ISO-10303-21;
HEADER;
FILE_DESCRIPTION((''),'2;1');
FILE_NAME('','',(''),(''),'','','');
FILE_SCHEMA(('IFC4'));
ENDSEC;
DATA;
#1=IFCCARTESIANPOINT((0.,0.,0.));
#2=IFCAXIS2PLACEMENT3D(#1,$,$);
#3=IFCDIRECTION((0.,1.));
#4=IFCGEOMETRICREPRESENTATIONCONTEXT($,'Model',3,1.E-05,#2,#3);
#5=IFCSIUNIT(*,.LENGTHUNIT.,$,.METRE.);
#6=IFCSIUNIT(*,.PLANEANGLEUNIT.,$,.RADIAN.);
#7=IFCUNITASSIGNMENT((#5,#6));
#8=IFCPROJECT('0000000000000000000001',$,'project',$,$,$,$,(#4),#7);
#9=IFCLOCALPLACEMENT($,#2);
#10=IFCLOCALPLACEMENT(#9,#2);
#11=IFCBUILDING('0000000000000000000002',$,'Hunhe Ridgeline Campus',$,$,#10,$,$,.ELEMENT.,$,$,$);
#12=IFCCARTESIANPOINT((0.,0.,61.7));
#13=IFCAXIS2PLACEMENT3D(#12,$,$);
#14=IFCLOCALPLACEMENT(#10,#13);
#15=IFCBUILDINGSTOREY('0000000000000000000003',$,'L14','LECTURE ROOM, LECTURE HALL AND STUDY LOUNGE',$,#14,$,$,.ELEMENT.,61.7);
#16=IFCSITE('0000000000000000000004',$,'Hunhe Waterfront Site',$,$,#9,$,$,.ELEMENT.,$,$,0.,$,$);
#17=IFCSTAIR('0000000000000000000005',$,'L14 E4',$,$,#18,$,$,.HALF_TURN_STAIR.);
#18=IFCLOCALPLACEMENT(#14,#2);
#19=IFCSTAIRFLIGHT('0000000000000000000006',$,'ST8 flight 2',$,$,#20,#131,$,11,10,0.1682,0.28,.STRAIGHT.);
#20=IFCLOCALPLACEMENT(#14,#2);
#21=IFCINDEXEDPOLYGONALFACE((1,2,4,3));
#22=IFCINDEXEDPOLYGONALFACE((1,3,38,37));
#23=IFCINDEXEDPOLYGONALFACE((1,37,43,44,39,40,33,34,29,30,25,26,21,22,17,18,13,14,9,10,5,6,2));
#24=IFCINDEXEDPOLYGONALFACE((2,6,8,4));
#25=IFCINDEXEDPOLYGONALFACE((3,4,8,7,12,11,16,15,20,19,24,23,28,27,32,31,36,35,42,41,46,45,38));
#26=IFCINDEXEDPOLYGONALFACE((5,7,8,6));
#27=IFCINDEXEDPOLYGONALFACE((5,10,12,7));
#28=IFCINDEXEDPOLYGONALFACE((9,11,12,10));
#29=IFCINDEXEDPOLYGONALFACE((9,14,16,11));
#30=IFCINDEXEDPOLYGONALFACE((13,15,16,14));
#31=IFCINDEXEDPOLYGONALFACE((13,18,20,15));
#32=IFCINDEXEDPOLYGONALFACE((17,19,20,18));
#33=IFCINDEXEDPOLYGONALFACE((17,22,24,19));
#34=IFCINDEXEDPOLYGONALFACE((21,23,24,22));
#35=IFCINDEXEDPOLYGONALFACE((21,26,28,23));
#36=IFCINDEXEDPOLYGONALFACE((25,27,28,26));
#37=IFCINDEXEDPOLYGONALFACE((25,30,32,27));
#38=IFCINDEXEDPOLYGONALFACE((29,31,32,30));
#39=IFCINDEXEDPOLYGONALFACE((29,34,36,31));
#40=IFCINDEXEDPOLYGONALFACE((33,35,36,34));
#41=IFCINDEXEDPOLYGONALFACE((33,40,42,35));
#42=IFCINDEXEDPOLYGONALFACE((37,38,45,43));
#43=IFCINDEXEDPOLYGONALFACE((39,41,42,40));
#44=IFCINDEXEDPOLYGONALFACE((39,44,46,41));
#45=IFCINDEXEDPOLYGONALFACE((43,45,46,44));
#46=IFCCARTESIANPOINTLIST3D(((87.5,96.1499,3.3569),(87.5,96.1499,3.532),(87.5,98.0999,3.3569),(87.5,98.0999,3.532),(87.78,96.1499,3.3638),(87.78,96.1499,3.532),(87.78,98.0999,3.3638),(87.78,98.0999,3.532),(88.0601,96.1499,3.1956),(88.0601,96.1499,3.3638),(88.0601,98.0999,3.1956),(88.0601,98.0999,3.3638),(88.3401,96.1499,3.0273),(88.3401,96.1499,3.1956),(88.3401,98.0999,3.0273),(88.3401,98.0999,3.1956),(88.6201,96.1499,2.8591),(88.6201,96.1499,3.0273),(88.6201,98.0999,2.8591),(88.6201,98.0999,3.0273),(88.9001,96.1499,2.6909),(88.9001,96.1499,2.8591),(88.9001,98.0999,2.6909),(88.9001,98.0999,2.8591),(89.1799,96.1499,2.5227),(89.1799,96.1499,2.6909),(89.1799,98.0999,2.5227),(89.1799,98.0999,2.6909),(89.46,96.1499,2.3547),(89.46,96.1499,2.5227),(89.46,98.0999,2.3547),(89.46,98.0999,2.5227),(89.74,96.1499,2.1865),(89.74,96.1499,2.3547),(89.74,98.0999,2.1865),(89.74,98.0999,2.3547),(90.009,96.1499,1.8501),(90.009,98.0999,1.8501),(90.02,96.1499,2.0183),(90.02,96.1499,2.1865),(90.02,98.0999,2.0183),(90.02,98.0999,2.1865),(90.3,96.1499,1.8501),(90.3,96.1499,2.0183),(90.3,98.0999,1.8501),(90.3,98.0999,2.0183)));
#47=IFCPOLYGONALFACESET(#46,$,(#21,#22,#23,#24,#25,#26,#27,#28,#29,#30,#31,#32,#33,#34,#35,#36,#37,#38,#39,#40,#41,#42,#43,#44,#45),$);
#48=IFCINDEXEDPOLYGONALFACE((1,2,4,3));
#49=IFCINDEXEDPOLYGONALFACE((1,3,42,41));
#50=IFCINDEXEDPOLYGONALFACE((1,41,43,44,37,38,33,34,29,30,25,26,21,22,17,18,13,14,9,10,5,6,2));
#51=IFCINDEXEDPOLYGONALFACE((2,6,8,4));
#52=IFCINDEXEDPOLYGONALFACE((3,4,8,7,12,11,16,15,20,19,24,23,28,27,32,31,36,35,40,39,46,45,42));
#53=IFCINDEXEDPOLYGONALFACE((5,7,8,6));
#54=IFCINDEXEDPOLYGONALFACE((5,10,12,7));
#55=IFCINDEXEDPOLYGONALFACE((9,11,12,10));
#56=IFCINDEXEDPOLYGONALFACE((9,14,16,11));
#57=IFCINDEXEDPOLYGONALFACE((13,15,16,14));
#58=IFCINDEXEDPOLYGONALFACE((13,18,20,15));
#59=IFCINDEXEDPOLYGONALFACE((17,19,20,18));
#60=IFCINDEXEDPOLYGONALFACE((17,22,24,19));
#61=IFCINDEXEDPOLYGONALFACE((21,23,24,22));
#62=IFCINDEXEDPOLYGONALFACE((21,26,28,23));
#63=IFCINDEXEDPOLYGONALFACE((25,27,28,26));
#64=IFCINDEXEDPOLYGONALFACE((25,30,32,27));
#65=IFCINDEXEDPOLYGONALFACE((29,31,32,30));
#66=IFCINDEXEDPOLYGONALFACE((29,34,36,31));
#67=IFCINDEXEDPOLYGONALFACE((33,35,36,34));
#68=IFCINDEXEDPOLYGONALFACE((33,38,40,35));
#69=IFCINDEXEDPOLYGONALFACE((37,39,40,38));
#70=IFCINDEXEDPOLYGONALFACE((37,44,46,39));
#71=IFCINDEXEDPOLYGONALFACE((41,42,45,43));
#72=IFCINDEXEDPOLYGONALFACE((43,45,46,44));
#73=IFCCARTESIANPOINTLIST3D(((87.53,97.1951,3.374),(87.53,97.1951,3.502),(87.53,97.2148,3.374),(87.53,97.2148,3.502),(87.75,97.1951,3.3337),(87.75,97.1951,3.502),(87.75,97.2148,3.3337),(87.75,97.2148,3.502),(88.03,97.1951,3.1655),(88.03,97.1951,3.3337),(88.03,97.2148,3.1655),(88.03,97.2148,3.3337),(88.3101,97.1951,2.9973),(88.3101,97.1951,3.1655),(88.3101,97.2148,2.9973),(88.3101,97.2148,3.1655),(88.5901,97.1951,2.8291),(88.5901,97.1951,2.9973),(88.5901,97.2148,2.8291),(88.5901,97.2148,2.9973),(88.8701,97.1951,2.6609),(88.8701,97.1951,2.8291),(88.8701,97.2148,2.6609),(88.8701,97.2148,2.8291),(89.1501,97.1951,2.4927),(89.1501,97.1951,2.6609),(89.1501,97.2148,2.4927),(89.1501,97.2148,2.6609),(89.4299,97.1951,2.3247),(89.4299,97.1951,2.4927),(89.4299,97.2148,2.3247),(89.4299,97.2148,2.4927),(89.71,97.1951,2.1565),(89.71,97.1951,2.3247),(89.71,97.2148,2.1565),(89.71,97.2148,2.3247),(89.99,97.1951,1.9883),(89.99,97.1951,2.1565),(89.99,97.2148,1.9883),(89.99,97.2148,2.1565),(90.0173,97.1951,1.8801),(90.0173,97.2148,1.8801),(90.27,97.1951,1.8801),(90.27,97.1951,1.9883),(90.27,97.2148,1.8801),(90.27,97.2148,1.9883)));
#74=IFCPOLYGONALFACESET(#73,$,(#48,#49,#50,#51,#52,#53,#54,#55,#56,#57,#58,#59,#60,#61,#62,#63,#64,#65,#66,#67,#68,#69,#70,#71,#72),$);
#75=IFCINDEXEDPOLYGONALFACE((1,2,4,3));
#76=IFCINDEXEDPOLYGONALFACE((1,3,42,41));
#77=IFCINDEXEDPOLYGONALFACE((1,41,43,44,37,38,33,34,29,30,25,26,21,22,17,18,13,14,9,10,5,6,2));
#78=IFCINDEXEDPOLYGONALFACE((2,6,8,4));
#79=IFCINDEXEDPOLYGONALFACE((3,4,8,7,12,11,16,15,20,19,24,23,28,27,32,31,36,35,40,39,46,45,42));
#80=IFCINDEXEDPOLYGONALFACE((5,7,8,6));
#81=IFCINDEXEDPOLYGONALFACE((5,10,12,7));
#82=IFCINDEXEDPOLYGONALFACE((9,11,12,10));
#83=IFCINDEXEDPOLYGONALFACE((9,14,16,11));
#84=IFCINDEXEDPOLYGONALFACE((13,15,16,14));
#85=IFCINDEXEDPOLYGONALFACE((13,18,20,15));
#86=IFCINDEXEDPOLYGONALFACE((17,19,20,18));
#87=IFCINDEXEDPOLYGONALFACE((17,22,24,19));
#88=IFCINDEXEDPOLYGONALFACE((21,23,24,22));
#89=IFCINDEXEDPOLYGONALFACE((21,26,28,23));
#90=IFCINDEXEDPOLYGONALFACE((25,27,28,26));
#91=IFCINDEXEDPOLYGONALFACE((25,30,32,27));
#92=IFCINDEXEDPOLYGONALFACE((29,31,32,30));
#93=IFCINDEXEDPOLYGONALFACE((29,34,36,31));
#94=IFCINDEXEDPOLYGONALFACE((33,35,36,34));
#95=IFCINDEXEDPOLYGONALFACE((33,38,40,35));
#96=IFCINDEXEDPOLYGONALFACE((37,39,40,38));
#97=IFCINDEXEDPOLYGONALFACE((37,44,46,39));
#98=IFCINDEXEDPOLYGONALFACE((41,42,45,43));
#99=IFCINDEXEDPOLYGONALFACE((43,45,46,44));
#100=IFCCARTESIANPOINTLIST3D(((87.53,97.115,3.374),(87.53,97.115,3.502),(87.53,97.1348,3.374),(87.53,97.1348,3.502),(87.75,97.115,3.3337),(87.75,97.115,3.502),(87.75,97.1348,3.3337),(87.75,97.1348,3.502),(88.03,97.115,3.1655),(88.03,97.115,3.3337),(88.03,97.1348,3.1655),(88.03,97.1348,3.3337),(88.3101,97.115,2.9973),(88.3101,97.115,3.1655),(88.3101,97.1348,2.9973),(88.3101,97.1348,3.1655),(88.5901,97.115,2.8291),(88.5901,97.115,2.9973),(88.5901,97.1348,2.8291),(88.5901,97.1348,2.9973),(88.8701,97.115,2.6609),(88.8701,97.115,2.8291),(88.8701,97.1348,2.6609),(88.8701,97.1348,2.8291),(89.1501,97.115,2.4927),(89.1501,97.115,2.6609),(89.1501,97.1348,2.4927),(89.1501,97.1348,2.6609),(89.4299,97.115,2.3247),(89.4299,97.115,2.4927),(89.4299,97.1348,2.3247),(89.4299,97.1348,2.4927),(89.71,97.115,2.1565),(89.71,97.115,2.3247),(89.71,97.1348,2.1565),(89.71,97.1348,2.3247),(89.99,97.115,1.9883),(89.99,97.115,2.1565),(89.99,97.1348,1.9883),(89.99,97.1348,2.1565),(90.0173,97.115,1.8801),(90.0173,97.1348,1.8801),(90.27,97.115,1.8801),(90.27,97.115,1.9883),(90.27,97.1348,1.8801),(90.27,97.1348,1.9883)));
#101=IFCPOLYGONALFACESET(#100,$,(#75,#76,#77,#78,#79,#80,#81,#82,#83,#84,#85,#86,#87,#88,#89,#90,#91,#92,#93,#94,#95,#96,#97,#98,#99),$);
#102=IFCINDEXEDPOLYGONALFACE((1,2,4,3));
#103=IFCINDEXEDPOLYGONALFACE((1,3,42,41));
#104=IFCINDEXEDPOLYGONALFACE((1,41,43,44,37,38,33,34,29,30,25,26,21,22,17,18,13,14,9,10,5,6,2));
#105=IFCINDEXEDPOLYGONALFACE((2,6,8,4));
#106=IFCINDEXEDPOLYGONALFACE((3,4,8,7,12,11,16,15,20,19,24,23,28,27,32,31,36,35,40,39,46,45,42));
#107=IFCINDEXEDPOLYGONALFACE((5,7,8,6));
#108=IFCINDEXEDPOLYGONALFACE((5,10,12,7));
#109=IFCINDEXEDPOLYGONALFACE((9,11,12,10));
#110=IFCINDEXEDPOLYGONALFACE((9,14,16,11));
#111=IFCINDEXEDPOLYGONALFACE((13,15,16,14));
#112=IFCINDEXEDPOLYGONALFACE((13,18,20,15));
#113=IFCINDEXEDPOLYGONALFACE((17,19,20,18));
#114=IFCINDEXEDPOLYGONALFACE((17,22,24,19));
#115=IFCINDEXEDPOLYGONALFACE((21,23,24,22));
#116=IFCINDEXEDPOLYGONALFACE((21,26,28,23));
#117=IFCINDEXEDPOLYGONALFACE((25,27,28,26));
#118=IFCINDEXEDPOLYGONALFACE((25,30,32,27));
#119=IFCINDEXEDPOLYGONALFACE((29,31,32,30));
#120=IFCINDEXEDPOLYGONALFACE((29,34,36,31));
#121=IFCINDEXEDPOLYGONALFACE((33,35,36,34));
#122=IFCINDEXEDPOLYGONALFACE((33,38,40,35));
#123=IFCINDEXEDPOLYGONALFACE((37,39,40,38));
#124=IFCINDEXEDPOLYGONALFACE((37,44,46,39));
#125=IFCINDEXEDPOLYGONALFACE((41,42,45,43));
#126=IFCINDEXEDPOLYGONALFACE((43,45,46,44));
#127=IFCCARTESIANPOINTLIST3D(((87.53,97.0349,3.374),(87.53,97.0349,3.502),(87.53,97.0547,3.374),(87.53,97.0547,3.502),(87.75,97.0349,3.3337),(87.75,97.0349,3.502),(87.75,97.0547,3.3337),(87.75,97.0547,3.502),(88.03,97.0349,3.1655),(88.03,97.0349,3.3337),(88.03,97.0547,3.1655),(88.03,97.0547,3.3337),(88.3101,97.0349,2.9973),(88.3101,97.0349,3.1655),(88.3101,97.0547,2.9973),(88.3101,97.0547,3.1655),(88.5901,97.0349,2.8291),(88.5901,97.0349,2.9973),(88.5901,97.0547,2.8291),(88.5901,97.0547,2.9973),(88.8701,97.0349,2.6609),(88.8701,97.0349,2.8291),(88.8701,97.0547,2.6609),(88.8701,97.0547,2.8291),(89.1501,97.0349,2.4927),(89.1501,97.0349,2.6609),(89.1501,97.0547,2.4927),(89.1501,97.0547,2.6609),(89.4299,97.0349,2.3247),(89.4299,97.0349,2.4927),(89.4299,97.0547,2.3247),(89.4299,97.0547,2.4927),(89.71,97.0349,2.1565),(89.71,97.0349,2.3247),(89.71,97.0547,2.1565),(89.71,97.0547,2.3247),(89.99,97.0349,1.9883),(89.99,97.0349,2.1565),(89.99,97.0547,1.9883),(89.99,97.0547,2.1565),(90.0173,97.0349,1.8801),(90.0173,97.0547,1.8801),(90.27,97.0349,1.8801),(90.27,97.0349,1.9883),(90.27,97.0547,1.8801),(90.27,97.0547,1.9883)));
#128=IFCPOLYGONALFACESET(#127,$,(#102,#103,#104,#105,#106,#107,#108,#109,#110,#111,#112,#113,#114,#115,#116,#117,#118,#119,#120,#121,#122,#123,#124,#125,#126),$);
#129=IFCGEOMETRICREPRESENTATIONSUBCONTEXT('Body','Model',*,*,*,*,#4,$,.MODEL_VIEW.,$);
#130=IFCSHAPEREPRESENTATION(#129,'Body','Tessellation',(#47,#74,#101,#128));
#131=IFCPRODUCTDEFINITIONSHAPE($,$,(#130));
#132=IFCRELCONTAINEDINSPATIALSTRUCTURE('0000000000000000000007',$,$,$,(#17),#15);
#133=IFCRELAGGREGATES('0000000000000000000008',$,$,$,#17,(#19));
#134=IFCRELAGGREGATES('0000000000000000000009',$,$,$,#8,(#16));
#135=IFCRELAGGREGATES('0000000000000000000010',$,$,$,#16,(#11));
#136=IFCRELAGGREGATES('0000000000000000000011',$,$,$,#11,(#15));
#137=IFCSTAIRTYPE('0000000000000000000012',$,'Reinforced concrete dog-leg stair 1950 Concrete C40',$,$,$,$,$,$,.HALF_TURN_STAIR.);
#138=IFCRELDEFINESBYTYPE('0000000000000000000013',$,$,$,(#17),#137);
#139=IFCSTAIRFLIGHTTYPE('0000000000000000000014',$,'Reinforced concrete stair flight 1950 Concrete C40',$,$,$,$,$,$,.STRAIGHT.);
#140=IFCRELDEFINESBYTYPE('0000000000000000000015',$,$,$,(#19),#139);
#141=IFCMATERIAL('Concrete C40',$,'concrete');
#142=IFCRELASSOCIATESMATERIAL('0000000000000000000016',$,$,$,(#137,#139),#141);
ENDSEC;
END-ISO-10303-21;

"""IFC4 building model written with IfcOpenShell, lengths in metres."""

from ifc_helpers import new_model, si_unit, direction, frame, origin, place, context, subcontext, project, spatial, polyline, outline, extrude, material, type_object, element, aggregate, save


model = new_model("IFC4")

# Units and contexts
model_context = context("Model", 3, precision=1e-05, world=origin(), true_north=direction((0.0, 1.0)))
body_context = subcontext(model_context, "Body", "Model", "MODEL_VIEW")
ifc_project = project(units=[si_unit("LENGTHUNIT", "METRE"), si_unit("PLANEANGLEUNIT", "RADIAN")], contexts=[model_context])

# Site, building, storey
site_placement = place(None, origin())
site = spatial("IfcSite", under=ifc_project, at=site_placement, Name="Hunhe Waterfront Site", CompositionType="ELEMENT", RefElevation=0.0)
building_placement = place(site_placement, origin())
building = spatial("IfcBuilding", under=site, at=building_placement, Name="Hunhe Ridgeline Campus", CompositionType="ELEMENT")
storey_placement = place(building_placement, frame((0.0, 0.0, 61.7)))
storey = spatial("IfcBuildingStorey", under=building, at=storey_placement, Name="L14", Description="LECTURE ROOM, LECTURE HALL AND STUDY LOUNGE", CompositionType="ELEMENT", Elevation=61.7)

# Stair, stair flight
ifc_material_1 = material(Name="Concrete C40", Category="concrete")
stair_type = type_object("IfcStairType", Name="Reinforced concrete dog-leg stair 1950 Concrete C40", PredefinedType="HALF_TURN_STAIR", material=ifc_material_1)
stair_placement = place(storey_placement, origin())
stair = element("IfcStair", 1, at=stair_placement, inside=storey, type_object=stair_type, Name="L14 E4", PredefinedType="HALF_TURN_STAIR")
stair_flight_type = type_object("IfcStairFlightType", Name="Reinforced concrete stair flight 1950 Concrete C40", PredefinedType="STRAIGHT", material=ifc_material_1)
stair_flight_1_placement = place(storey_placement, frame((90.3, 97.125, 1.8501), z_axis=(0.0, 0.0, 1.0), x_axis=(-1.0, 0.0, 0.0)))
stair_flight_1 = element("IfcStairFlight", 2, at=stair_flight_1_placement, type_object=stair_flight_type, Name="ST8 flight 2", NumberOfRisers=11, NumberOfTreads=10, PredefinedType="STRAIGHT", RiserHeight=0.1682, TreadLength=0.28, context=body_context, shape_type="SweptSolid", body=[
    extrude(outline(polyline([(0.0, 0.0), (0.0, 0.1682), (0.28, 0.1682), (0.28, 0.3364), (0.5601, 0.3364), (0.5601, 0.5046), (0.8401, 0.5046), (0.8401, 0.6726), (1.1201, 0.6726), (1.1201, 0.8408), (1.3999, 0.8408), (1.3999, 1.009), (1.6799, 1.009), (1.6799, 1.1772), (1.96, 1.1772), (1.96, 1.3455), (2.24, 1.3455), (2.24, 1.5137), (2.52, 1.5137), (2.52, 1.6819), (2.8, 1.6819), (2.8, 1.8501), (2.8, 1.5068), (0.291, 0.0), (0.0, 0.0)])), frame((0.0, 0.9751, 0.0), z_axis=(0.0, -1.0, 0.0), x_axis=(1.0, 0.0, 0.0)), (0.0, 0.0, 1.0), 1.95),
    extrude(outline(polyline([(0.03, 0.03), (0.03, 0.1382), (0.3101, 0.1382), (0.3101, 0.3064), (0.5901, 0.3064), (0.5901, 0.4746), (0.8701, 0.4746), (0.8701, 0.6426), (1.1499, 0.6426), (1.1499, 0.8108), (1.4299, 0.8108), (1.4299, 0.979), (1.71, 0.979), (1.71, 1.1472), (1.99, 1.1472), (1.99, 1.3154), (2.27, 1.3154), (2.27, 1.4836), (2.55, 1.4836), (2.55, 1.6519), (2.77, 1.6519), (2.77, 1.5239), (0.2827, 0.03), (0.03, 0.03)])), frame((0.0, -0.0701, 0.0), z_axis=(0.0, -1.0, 0.0), x_axis=(1.0, 0.0, 0.0)), (0.0, 0.0, 1.0), 0.0198),
    extrude(outline(polyline([(0.03, 0.03), (0.03, 0.1382), (0.3101, 0.1382), (0.3101, 0.3064), (0.5901, 0.3064), (0.5901, 0.4746), (0.8701, 0.4746), (0.8701, 0.6426), (1.1499, 0.6426), (1.1499, 0.8108), (1.4299, 0.8108), (1.4299, 0.979), (1.71, 0.979), (1.71, 1.1472), (1.99, 1.1472), (1.99, 1.3154), (2.27, 1.3154), (2.27, 1.4836), (2.55, 1.4836), (2.55, 1.6519), (2.77, 1.6519), (2.77, 1.5239), (0.2827, 0.03), (0.03, 0.03)])), frame((0.0, 0.01, 0.0), z_axis=(0.0, -1.0, 0.0), x_axis=(1.0, 0.0, 0.0)), (0.0, 0.0, 1.0), 0.0198),
    extrude(outline(polyline([(0.03, 0.03), (0.03, 0.1382), (0.3101, 0.1382), (0.3101, 0.3064), (0.5901, 0.3064), (0.5901, 0.4746), (0.8701, 0.4746), (0.8701, 0.6426), (1.1499, 0.6426), (1.1499, 0.8108), (1.4299, 0.8108), (1.4299, 0.979), (1.71, 0.979), (1.71, 1.1472), (1.99, 1.1472), (1.99, 1.3154), (2.27, 1.3154), (2.27, 1.4836), (2.55, 1.4836), (2.55, 1.6519), (2.77, 1.6519), (2.77, 1.5239), (0.2827, 0.03), (0.03, 0.03)])), frame((0.0, 0.0901, 0.0), z_axis=(0.0, -1.0, 0.0), x_axis=(1.0, 0.0, 0.0)), (0.0, 0.0, 1.0), 0.0198),
])
aggregate(stair, [stair_flight_1])

save(model, "model.ifc")
